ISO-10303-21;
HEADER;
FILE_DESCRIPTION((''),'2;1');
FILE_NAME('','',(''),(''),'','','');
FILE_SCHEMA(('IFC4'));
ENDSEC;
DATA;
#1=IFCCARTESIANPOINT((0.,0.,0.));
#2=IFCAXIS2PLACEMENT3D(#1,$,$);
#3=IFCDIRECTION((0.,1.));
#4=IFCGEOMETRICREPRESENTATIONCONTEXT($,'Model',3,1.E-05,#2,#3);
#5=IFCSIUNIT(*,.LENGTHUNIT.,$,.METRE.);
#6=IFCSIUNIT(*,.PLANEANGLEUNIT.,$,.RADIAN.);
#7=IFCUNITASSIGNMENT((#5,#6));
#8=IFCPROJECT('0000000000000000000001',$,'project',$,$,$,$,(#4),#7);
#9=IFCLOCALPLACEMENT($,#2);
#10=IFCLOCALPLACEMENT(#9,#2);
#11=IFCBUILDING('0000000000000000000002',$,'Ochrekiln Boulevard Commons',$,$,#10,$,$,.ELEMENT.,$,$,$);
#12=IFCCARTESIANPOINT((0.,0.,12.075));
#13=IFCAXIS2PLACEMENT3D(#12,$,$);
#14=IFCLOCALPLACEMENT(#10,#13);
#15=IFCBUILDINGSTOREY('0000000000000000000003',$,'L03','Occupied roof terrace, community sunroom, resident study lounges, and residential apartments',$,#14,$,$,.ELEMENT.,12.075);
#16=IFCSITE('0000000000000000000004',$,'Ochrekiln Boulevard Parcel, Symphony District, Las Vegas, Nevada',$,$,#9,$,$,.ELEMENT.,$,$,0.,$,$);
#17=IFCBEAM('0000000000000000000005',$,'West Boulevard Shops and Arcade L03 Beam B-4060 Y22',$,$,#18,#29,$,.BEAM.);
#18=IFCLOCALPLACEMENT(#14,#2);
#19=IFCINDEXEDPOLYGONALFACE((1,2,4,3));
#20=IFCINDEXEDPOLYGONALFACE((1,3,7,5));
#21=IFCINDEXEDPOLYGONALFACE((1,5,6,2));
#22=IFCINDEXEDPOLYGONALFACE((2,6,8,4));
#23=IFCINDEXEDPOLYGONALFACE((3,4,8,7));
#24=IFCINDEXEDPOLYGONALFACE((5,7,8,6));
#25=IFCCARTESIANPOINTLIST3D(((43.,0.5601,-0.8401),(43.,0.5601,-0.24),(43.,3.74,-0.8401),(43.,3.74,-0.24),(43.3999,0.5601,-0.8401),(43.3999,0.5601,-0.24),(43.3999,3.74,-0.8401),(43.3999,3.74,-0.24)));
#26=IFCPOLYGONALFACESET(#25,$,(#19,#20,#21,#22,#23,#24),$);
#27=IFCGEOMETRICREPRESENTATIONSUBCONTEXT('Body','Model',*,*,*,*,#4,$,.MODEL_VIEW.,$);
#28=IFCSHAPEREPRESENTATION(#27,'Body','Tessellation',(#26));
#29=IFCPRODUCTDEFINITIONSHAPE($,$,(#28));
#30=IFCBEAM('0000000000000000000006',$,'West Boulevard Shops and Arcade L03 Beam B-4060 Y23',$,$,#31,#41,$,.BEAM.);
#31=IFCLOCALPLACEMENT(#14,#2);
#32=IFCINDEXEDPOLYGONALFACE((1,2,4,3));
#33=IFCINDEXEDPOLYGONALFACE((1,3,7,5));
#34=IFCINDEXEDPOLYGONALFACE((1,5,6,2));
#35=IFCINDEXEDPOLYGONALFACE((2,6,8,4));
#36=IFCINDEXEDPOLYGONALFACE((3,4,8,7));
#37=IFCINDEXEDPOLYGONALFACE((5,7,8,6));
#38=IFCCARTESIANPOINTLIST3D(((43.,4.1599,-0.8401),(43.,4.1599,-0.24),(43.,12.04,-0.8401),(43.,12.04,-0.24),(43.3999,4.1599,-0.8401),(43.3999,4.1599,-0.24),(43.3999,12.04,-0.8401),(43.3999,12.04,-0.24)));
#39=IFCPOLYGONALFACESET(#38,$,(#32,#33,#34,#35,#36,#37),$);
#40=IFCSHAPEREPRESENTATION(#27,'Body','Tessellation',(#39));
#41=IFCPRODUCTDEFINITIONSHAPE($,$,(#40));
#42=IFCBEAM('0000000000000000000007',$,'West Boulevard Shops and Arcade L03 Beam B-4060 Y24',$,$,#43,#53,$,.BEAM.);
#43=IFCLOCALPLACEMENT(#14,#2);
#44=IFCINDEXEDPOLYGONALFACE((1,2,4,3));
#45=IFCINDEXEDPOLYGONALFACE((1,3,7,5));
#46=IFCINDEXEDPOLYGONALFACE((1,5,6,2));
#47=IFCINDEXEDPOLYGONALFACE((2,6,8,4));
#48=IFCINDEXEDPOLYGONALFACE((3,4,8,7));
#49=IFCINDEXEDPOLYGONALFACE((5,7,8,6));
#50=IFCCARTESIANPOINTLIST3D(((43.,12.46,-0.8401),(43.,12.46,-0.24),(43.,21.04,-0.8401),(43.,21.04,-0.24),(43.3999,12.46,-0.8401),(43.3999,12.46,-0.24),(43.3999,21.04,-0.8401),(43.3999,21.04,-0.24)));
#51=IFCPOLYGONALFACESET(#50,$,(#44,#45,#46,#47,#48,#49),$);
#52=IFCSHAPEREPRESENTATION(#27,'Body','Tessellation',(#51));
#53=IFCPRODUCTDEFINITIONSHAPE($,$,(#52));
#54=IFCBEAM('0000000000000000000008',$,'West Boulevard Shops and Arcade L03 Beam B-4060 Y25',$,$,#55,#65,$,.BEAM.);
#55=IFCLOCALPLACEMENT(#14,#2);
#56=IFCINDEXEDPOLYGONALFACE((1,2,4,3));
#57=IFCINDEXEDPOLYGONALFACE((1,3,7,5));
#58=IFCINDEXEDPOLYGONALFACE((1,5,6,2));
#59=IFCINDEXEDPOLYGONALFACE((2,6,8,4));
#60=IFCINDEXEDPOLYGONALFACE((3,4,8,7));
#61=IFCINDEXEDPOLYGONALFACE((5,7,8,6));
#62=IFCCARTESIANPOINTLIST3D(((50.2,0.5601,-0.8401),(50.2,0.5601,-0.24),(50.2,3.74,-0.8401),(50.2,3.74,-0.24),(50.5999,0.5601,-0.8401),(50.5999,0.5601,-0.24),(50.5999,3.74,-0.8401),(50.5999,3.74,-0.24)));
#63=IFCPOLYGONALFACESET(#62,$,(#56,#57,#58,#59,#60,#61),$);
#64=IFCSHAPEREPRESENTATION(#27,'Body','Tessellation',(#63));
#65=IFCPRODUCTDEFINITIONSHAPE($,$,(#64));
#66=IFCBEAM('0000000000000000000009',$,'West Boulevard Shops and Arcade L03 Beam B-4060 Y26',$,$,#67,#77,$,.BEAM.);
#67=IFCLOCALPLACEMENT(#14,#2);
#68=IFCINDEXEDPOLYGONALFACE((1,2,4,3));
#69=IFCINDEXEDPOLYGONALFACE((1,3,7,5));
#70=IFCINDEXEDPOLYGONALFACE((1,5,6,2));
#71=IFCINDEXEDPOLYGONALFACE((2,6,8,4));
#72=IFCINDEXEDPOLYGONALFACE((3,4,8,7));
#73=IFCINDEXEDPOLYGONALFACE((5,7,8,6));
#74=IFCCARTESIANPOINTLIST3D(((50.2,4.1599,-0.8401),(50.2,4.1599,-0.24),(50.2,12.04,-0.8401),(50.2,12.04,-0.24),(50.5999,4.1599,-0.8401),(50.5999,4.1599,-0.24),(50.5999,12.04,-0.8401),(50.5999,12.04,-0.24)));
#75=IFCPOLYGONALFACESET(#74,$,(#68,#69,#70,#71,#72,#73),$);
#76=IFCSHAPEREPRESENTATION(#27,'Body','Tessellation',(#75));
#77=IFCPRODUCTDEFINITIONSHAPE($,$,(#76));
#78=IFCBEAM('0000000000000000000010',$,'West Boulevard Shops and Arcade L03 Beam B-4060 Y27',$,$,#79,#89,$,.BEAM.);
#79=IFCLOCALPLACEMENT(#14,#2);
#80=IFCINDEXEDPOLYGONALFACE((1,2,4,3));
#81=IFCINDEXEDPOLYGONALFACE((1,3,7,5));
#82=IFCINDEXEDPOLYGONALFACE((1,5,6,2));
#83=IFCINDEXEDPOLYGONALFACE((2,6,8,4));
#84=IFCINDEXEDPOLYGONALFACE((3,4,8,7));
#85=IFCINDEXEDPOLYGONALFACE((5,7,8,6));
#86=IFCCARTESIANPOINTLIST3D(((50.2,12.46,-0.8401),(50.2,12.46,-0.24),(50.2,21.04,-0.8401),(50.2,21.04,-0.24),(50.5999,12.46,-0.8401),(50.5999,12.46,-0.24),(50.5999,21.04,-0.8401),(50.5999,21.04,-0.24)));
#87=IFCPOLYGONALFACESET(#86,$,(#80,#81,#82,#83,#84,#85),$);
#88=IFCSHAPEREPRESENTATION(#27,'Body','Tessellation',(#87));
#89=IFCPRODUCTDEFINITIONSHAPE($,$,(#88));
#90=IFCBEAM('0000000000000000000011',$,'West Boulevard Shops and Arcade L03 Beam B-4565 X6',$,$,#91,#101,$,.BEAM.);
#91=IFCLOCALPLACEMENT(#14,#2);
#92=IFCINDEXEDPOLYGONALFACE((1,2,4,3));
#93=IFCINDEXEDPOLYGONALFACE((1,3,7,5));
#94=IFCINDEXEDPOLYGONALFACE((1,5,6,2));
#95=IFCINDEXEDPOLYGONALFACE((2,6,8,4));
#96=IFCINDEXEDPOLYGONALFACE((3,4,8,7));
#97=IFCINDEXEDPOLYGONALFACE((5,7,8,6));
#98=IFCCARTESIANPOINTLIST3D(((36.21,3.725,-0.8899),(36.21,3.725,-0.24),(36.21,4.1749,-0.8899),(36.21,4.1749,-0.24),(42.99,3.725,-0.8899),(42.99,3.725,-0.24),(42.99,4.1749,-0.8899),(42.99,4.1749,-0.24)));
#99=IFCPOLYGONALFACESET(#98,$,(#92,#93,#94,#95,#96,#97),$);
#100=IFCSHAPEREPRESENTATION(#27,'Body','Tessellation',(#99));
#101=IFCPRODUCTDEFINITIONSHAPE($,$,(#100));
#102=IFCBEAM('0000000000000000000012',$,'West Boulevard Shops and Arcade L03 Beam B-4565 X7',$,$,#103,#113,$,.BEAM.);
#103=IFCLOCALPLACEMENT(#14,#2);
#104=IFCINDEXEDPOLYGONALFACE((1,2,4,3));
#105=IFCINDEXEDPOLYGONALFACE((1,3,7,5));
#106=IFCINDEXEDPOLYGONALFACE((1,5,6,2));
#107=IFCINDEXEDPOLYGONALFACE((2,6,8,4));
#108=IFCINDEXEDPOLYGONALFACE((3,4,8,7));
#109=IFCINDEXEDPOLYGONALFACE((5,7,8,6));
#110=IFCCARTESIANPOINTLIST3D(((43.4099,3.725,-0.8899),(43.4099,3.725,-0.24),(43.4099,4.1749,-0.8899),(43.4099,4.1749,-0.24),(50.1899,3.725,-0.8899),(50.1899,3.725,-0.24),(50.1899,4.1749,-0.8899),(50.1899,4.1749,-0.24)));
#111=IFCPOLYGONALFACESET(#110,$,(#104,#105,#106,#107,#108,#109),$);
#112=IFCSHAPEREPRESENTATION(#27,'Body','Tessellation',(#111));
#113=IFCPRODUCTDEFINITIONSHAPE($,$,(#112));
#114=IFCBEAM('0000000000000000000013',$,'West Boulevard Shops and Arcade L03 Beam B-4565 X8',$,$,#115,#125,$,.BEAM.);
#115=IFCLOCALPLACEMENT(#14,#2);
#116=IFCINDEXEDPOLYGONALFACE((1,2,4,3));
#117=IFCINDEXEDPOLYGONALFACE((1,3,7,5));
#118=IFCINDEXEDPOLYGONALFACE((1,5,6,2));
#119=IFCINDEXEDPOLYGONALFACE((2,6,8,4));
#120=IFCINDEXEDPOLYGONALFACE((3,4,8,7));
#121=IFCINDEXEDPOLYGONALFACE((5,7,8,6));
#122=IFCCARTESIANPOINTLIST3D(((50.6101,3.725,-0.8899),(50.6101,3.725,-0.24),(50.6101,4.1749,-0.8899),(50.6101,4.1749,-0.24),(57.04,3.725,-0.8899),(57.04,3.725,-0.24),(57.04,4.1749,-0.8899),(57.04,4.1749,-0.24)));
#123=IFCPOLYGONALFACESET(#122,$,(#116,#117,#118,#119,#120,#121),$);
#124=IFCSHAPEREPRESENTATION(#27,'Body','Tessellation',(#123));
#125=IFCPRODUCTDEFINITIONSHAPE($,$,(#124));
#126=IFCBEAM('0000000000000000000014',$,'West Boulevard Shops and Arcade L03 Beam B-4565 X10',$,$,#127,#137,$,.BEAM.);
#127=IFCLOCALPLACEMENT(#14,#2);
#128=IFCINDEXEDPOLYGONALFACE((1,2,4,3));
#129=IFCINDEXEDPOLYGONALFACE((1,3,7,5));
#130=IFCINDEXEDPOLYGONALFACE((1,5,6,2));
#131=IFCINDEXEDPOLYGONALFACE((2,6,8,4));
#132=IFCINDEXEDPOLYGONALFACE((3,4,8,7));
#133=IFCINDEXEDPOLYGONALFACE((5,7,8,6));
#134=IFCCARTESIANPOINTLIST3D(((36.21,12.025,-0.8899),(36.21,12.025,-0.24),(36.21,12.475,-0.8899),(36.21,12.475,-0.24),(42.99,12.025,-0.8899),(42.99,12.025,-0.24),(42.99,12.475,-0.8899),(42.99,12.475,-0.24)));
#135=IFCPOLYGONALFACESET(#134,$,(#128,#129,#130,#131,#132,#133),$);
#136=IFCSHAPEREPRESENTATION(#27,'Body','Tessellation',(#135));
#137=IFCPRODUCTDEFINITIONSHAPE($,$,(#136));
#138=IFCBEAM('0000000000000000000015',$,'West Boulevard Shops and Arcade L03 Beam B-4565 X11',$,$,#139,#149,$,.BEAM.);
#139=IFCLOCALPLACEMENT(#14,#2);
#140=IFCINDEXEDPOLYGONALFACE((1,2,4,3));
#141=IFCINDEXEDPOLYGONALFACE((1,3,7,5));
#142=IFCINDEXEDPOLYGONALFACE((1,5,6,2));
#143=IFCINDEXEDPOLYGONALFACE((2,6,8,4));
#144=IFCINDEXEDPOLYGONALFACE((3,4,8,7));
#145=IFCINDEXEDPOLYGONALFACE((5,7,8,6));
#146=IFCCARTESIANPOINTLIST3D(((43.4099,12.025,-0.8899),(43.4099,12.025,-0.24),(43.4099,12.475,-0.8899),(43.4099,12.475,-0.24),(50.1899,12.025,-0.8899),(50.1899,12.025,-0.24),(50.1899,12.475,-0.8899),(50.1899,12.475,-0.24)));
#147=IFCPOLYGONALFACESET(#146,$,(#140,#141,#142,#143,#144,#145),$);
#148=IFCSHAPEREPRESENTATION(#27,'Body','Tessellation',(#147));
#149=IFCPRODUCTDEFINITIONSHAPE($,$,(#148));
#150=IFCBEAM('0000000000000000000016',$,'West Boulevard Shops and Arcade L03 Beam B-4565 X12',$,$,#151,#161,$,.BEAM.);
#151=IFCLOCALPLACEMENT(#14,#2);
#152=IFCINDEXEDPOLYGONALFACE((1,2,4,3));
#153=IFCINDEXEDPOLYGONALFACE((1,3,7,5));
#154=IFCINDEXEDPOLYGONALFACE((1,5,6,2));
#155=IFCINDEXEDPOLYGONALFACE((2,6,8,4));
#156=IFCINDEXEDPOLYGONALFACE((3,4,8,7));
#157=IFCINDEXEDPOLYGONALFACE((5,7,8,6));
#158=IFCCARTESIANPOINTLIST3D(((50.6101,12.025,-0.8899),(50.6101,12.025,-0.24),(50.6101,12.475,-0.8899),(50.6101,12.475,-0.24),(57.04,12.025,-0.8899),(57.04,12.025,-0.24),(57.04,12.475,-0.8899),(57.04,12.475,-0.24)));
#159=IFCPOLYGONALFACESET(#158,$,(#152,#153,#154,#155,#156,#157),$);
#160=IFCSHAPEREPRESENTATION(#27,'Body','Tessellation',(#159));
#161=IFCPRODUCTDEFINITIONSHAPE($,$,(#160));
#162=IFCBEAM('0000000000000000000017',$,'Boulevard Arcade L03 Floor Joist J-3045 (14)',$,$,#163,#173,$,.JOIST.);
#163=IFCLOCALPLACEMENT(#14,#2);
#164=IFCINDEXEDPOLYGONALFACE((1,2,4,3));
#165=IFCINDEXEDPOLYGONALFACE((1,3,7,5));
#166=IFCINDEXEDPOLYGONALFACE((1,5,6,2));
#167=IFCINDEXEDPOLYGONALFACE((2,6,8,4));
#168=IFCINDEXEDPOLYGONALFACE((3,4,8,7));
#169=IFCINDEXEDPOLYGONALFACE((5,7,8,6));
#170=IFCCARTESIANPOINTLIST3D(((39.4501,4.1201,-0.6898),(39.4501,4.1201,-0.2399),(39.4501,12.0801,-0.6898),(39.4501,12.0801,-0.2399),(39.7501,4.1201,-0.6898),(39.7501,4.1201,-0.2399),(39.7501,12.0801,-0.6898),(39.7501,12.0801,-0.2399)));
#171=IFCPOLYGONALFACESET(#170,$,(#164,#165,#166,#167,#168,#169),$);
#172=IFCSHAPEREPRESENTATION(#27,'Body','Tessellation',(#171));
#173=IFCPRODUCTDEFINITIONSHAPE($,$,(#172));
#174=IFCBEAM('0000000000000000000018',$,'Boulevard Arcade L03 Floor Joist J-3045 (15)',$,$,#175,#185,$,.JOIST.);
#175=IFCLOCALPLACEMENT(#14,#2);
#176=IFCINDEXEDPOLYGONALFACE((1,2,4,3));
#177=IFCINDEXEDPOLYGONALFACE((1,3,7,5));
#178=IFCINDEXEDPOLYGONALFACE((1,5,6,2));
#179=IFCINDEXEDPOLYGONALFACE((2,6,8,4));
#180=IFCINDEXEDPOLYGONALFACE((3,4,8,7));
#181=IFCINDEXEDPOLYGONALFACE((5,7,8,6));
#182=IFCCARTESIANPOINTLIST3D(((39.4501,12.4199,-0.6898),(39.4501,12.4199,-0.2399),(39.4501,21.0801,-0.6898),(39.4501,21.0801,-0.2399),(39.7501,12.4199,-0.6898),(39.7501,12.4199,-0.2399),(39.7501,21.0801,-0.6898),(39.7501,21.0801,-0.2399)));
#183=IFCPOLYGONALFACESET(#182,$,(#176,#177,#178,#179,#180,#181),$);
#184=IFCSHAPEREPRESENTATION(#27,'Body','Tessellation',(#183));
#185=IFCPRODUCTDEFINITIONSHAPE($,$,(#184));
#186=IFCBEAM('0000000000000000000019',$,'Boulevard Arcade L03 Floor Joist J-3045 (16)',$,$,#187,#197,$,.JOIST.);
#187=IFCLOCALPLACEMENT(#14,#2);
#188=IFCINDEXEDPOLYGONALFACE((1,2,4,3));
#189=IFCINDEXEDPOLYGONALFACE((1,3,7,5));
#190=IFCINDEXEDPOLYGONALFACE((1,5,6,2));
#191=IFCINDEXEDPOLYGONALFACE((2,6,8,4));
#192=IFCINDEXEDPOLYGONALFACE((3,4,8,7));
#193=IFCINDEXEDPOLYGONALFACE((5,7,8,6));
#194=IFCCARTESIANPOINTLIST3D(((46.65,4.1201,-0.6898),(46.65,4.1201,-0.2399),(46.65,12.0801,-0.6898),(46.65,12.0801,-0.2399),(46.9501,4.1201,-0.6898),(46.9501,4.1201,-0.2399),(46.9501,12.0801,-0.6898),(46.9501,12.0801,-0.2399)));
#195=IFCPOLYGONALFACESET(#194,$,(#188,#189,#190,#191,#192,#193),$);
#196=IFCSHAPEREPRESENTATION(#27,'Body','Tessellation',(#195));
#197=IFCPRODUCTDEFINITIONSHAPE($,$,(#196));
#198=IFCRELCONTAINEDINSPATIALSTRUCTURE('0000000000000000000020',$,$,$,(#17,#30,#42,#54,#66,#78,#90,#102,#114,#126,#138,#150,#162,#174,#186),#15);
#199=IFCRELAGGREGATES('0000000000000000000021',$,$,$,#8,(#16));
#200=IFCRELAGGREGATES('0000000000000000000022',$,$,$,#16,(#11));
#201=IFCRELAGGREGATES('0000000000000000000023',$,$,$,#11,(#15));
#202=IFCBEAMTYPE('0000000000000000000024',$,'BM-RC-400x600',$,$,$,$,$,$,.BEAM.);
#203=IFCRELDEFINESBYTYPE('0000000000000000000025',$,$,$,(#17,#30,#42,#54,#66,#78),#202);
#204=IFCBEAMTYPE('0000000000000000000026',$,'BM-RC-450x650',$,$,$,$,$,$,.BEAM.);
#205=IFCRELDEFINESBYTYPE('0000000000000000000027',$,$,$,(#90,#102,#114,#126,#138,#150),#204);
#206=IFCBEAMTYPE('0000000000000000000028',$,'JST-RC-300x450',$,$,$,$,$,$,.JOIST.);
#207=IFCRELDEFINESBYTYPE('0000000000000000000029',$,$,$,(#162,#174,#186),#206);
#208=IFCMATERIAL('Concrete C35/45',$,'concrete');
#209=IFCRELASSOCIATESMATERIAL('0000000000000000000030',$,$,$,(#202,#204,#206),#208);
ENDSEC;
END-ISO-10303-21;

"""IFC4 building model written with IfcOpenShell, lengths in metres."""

from ifc_helpers import new_model, si_unit, direction, frame, origin, origin_2d, place, context, subcontext, project, spatial, rectangle, extrude, material, material_profile, profile_set, type_object, element, save


model = new_model("IFC4")

# Units and contexts
model_context = context("Model", 3, precision=1e-05, world=origin(), true_north=direction((0.0, 1.0)))
body_context = subcontext(model_context, "Body", "Model", "MODEL_VIEW")
ifc_project = project(units=[si_unit("LENGTHUNIT", "METRE"), si_unit("PLANEANGLEUNIT", "RADIAN")], contexts=[model_context])

# Site, building, storey
site_placement = place(None, origin())
site = spatial("IfcSite", under=ifc_project, at=site_placement, Name="Ochrekiln Boulevard Parcel, Symphony District, Las Vegas, Nevada", CompositionType="ELEMENT", RefElevation=0.0)
building_placement = place(site_placement, origin())
building = spatial("IfcBuilding", under=site, at=building_placement, Name="Ochrekiln Boulevard Commons", CompositionType="ELEMENT")
storey_placement = place(building_placement, frame((0.0, 0.0, 12.075)))
storey = spatial("IfcBuildingStorey", under=building, at=storey_placement, Name="L03", Description="Occupied roof terrace, community sunroom, resident study lounges, and residential apartments", CompositionType="ELEMENT", Elevation=12.075)

# Beams
ifc_material_1 = material(Name="Concrete C35/45", Category="concrete")
ifc_material_profile_1 = material_profile(ifc_material_1, rectangle(XDim=0.3999, YDim=0.6001, at=origin_2d()), Name="RC-BM-400x600")
ifc_profile_set_1 = profile_set([ifc_material_profile_1], Name="Concrete C35/45")
beam_type_1 = type_object("IfcBeamType", Name="BM-RC-400x600", PredefinedType="BEAM", material=ifc_profile_set_1)
beam_1_placement = place(storey_placement, frame((43.2, 0.5601, -0.54), z_axis=(0.0, 1.0, 0.0), x_axis=(-1.0, 0.0, 0.0)))
element("IfcBeam", 1, at=beam_1_placement, inside=storey, type_object=beam_type_1, Name="West Boulevard Shops and Arcade L03 Beam B-4060 Y22", PredefinedType="BEAM", context=body_context, shape_type="SweptSolid", body=[
    extrude(rectangle(XDim=0.3999, YDim=0.6001, at=origin_2d()), origin(), (0.0, 0.0, 1.0), 3.1799),
])
beam_2_placement = place(storey_placement, frame((43.2, 4.1599, -0.54), z_axis=(0.0, 1.0, 0.0), x_axis=(-1.0, 0.0, 0.0)))
element("IfcBeam", 2, at=beam_2_placement, inside=storey, type_object=beam_type_1, Name="West Boulevard Shops and Arcade L03 Beam B-4060 Y23", PredefinedType="BEAM", context=body_context, shape_type="SweptSolid", body=[
    extrude(rectangle(XDim=0.3999, YDim=0.6001, at=origin_2d()), origin(), (0.0, 0.0, 1.0), 7.8801),
])
beam_3_placement = place(storey_placement, frame((43.2, 12.46, -0.54), z_axis=(0.0, 1.0, 0.0), x_axis=(-1.0, 0.0, 0.0)))
element("IfcBeam", 3, at=beam_3_placement, inside=storey, type_object=beam_type_1, Name="West Boulevard Shops and Arcade L03 Beam B-4060 Y24", PredefinedType="BEAM", context=body_context, shape_type="SweptSolid", body=[
    extrude(rectangle(XDim=0.3999, YDim=0.6001, at=origin_2d()), origin(), (0.0, 0.0, 1.0), 8.5801),
])
beam_4_placement = place(storey_placement, frame((50.3999, 0.5601, -0.54), z_axis=(0.0, 1.0, 0.0), x_axis=(-1.0, 0.0, 0.0)))
element("IfcBeam", 4, at=beam_4_placement, inside=storey, type_object=beam_type_1, Name="West Boulevard Shops and Arcade L03 Beam B-4060 Y25", PredefinedType="BEAM", context=body_context, shape_type="SweptSolid", body=[
    extrude(rectangle(XDim=0.3999, YDim=0.6001, at=origin_2d()), origin(), (0.0, 0.0, 1.0), 3.1799),
])
beam_5_placement = place(storey_placement, frame((50.3999, 4.1599, -0.54), z_axis=(0.0, 1.0, 0.0), x_axis=(-1.0, 0.0, 0.0)))
element("IfcBeam", 5, at=beam_5_placement, inside=storey, type_object=beam_type_1, Name="West Boulevard Shops and Arcade L03 Beam B-4060 Y26", PredefinedType="BEAM", context=body_context, shape_type="SweptSolid", body=[
    extrude(rectangle(XDim=0.3999, YDim=0.6001, at=origin_2d()), origin(), (0.0, 0.0, 1.0), 7.8801),
])
beam_6_placement = place(storey_placement, frame((50.3999, 12.46, -0.54), z_axis=(0.0, 1.0, 0.0), x_axis=(-1.0, 0.0, 0.0)))
element("IfcBeam", 6, at=beam_6_placement, inside=storey, type_object=beam_type_1, Name="West Boulevard Shops and Arcade L03 Beam B-4060 Y27", PredefinedType="BEAM", context=body_context, shape_type="SweptSolid", body=[
    extrude(rectangle(XDim=0.3999, YDim=0.6001, at=origin_2d()), origin(), (0.0, 0.0, 1.0), 8.5801),
])
ifc_material_profile_2 = material_profile(ifc_material_1, rectangle(XDim=0.45, YDim=0.6499, at=origin_2d()), Name="RC-BM-450x650")
ifc_profile_set_2 = profile_set([ifc_material_profile_2], Name="Concrete C35/45")
beam_type_2 = type_object("IfcBeamType", Name="BM-RC-450x650", PredefinedType="BEAM", material=ifc_profile_set_2)
for number, where, z_axis, x_axis, name in (
    (7, (36.21, 3.95, -0.5649), (1.0, 0.0, 0.0), (0.0, 1.0, 0.0), "West Boulevard Shops and Arcade L03 Beam B-4565 X6"),
    (8, (43.4099, 3.95, -0.5649), (1.0, 0.0, 0.0), (0.0, 1.0, 0.0), "West Boulevard Shops and Arcade L03 Beam B-4565 X7"),
):
    element("IfcBeam", number, at=place(storey_placement, frame(where, z_axis=z_axis, x_axis=x_axis)), inside=storey, type_object=beam_type_2, Name=name, PredefinedType="BEAM", context=body_context, shape_type="SweptSolid", body=[
        extrude(rectangle(XDim=0.45, YDim=0.6499, at=origin_2d()), origin(), (0.0, 0.0, 1.0), 6.78),
    ])
beam_7_placement = place(storey_placement, frame((50.6101, 3.95, -0.5649), z_axis=(1.0, 0.0, 0.0), x_axis=(0.0, 1.0, 0.0)))
element("IfcBeam", 9, at=beam_7_placement, inside=storey, type_object=beam_type_2, Name="West Boulevard Shops and Arcade L03 Beam B-4565 X8", PredefinedType="BEAM", context=body_context, shape_type="SweptSolid", body=[
    extrude(rectangle(XDim=0.45, YDim=0.6499, at=origin_2d()), origin(), (0.0, 0.0, 1.0), 6.4299),
])
for number, where, z_axis, x_axis, name in (
    (10, (36.21, 12.25, -0.5649), (1.0, 0.0, 0.0), (0.0, 1.0, 0.0), "West Boulevard Shops and Arcade L03 Beam B-4565 X10"),
    (11, (43.4099, 12.25, -0.5649), (1.0, 0.0, 0.0), (0.0, 1.0, 0.0), "West Boulevard Shops and Arcade L03 Beam B-4565 X11"),
):
    element("IfcBeam", number, at=place(storey_placement, frame(where, z_axis=z_axis, x_axis=x_axis)), inside=storey, type_object=beam_type_2, Name=name, PredefinedType="BEAM", context=body_context, shape_type="SweptSolid", body=[
        extrude(rectangle(XDim=0.45, YDim=0.6499, at=origin_2d()), origin(), (0.0, 0.0, 1.0), 6.78),
    ])
beam_8_placement = place(storey_placement, frame((50.6101, 12.25, -0.5649), z_axis=(1.0, 0.0, 0.0), x_axis=(0.0, 1.0, 0.0)))
element("IfcBeam", 12, at=beam_8_placement, inside=storey, type_object=beam_type_2, Name="West Boulevard Shops and Arcade L03 Beam B-4565 X12", PredefinedType="BEAM", context=body_context, shape_type="SweptSolid", body=[
    extrude(rectangle(XDim=0.45, YDim=0.6499, at=origin_2d()), origin(), (0.0, 0.0, 1.0), 6.4299),
])
ifc_material_profile_3 = material_profile(ifc_material_1, rectangle(XDim=0.3, YDim=0.45, at=origin_2d()), Name="RC-JST-300x450")
ifc_profile_set_3 = profile_set([ifc_material_profile_3], Name="Concrete C35/45")
beam_type_3 = type_object("IfcBeamType", Name="JST-RC-300x450", PredefinedType="JOIST", material=ifc_profile_set_3)
beam_9_placement = place(storey_placement, frame((39.6001, 4.1201, -0.4648), z_axis=(0.0, 1.0, 0.0), x_axis=(-1.0, 0.0, 0.0)))
element("IfcBeam", 13, at=beam_9_placement, inside=storey, type_object=beam_type_3, Name="Boulevard Arcade L03 Floor Joist J-3045 (14)", PredefinedType="JOIST", context=body_context, shape_type="SweptSolid", body=[
    extrude(rectangle(XDim=0.3, YDim=0.45, at=origin_2d()), origin(), (0.0, 0.0, 1.0), 7.96),
])
beam_10_placement = place(storey_placement, frame((39.6001, 12.4199, -0.4648), z_axis=(0.0, 1.0, 0.0), x_axis=(-1.0, 0.0, 0.0)))
element("IfcBeam", 14, at=beam_10_placement, inside=storey, type_object=beam_type_3, Name="Boulevard Arcade L03 Floor Joist J-3045 (15)", PredefinedType="JOIST", context=body_context, shape_type="SweptSolid", body=[
    extrude(rectangle(XDim=0.3, YDim=0.45, at=origin_2d()), origin(), (0.0, 0.0, 1.0), 8.6602),
])
beam_11_placement = place(storey_placement, frame((46.8, 4.1201, -0.4648), z_axis=(0.0, 1.0, 0.0), x_axis=(-1.0, 0.0, 0.0)))
element("IfcBeam", 15, at=beam_11_placement, inside=storey, type_object=beam_type_3, Name="Boulevard Arcade L03 Floor Joist J-3045 (16)", PredefinedType="JOIST", context=body_context, shape_type="SweptSolid", body=[
    extrude(rectangle(XDim=0.3, YDim=0.45, at=origin_2d()), origin(), (0.0, 0.0, 1.0), 7.96),
])

save(model, "model.ifc")
